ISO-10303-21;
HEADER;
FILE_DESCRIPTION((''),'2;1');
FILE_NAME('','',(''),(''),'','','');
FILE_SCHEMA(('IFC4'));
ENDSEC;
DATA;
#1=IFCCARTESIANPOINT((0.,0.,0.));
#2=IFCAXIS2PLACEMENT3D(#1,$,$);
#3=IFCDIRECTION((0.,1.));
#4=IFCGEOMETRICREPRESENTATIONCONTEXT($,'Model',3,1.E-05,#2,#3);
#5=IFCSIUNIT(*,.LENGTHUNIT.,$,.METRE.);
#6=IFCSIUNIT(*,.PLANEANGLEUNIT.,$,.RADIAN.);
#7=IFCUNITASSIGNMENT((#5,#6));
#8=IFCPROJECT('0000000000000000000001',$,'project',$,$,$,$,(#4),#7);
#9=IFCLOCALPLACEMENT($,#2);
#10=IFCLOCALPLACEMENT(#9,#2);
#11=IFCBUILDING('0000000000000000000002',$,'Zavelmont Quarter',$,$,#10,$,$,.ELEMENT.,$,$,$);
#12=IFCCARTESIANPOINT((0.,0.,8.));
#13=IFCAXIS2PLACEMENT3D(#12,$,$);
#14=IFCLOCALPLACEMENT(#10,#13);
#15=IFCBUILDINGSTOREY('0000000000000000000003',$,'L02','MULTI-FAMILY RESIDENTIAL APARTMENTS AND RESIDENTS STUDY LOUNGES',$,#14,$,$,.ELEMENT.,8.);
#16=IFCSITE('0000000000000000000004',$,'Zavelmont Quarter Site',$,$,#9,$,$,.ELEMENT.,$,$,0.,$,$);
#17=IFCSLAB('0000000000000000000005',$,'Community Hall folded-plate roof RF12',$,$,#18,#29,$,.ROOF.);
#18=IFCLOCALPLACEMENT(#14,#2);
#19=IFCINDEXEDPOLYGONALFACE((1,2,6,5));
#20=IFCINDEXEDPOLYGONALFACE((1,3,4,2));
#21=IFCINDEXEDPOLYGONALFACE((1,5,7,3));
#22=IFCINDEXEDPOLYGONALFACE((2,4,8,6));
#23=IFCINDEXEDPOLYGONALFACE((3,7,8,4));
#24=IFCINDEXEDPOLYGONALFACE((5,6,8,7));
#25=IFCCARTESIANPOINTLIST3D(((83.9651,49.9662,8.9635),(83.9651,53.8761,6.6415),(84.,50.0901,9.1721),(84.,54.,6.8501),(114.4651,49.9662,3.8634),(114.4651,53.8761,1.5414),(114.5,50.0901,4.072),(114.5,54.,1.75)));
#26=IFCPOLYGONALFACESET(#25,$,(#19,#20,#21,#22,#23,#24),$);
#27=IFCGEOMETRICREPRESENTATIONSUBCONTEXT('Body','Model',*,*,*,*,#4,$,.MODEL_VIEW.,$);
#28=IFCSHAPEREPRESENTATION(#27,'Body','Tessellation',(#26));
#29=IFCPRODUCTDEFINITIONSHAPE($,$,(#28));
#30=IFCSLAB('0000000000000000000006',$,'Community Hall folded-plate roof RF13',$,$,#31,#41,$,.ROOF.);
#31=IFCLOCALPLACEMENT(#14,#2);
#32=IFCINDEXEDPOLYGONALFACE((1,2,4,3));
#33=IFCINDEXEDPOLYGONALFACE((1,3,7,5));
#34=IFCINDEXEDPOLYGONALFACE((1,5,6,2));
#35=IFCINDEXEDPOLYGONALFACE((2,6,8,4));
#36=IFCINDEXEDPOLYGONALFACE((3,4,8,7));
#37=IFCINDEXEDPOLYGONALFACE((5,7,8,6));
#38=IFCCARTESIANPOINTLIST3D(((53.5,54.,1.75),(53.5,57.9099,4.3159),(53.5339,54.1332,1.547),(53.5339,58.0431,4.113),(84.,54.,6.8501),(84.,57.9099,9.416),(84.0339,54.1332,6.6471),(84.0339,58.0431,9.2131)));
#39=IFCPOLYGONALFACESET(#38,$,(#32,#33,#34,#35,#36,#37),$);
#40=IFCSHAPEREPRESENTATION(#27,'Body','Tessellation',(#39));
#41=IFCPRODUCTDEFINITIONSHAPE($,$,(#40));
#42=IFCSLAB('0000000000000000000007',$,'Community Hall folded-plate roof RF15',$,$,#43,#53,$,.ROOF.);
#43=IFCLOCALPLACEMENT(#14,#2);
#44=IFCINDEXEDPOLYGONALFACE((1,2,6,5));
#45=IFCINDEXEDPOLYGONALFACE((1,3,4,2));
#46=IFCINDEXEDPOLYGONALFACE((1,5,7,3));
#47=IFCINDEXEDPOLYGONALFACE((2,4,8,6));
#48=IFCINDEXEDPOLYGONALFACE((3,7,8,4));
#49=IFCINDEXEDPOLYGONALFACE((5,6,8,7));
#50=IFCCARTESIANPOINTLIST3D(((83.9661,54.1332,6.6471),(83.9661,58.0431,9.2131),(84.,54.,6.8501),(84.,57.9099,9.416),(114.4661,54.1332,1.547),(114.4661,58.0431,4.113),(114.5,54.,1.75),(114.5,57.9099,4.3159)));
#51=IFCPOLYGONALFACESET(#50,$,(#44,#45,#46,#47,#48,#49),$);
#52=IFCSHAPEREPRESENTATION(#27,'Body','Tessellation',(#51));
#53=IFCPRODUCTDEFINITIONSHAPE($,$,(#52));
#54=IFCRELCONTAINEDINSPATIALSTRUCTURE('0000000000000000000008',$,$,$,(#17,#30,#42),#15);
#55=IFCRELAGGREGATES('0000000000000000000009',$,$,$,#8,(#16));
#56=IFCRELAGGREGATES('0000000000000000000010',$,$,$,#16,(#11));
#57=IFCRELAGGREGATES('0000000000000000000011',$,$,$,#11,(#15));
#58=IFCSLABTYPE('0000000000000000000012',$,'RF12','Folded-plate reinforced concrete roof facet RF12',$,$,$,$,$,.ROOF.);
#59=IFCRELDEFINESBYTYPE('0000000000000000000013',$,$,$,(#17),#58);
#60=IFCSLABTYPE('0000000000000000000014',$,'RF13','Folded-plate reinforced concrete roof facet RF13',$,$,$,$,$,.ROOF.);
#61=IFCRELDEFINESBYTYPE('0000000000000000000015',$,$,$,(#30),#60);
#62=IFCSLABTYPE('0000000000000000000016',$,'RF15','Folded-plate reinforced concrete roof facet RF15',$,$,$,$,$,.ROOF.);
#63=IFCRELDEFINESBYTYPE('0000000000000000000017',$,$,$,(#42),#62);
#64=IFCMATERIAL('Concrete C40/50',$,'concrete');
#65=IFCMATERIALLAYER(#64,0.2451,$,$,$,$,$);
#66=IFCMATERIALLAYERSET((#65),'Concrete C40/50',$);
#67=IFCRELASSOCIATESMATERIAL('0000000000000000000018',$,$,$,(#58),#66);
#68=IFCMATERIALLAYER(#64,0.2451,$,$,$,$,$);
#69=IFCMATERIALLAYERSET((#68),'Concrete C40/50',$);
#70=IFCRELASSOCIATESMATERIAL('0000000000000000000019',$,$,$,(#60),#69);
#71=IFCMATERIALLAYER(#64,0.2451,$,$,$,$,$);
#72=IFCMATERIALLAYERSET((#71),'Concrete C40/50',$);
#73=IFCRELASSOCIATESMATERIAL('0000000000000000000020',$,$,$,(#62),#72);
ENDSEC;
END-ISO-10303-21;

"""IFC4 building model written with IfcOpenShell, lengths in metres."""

from ifc_helpers import new_model, si_unit, direction, frame, origin, place, context, subcontext, project, spatial, polyline, outline, extrude, material, layer, layer_set, type_object, element, save


model = new_model("IFC4")

# Units and contexts
model_context = context("Model", 3, precision=1e-05, world=origin(), true_north=direction((0.0, 1.0)))
body_context = subcontext(model_context, "Body", "Model", "MODEL_VIEW")
ifc_project = project(units=[si_unit("LENGTHUNIT", "METRE"), si_unit("PLANEANGLEUNIT", "RADIAN")], contexts=[model_context])

# Site, building, storey
site_placement = place(None, origin())
site = spatial("IfcSite", under=ifc_project, at=site_placement, Name="Zavelmont Quarter Site", CompositionType="ELEMENT", RefElevation=0.0)
building_placement = place(site_placement, origin())
building = spatial("IfcBuilding", under=site, at=building_placement, Name="Zavelmont Quarter", CompositionType="ELEMENT")
storey_placement = place(building_placement, frame((0.0, 0.0, 8.0)))
storey = spatial("IfcBuildingStorey", under=building, at=storey_placement, Name="L02", Description="MULTI-FAMILY RESIDENTIAL APARTMENTS AND RESIDENTS STUDY LOUNGES", CompositionType="ELEMENT", Elevation=8.0)

# Shared definitions
ifc_material_1 = material(Name="Concrete C40/50", Category="concrete")

# Slabs
ifc_layer_1 = layer(ifc_material_1, 0.2451)
ifc_layer_set_1 = layer_set([ifc_layer_1], Name="Concrete C40/50")
slab_type_1 = type_object("IfcSlabType", Name="RF12", Description="Folded-plate reinforced concrete roof facet RF12", PredefinedType="ROOF", material=ifc_layer_set_1)
slab_1_placement = place(storey_placement, frame((84.0, 50.0901, 9.1721), z_axis=(0.14231, 0.505425, 0.851054), x_axis=(0.986306, 0.0, -0.164926)))
element("IfcSlab", 1, at=slab_1_placement, inside=storey, type_object=slab_type_1, Name="Community Hall folded-plate roof RF12", PredefinedType="ROOF", context=body_context, shape_type="SweptSolid", body=[
    extrude(outline(polyline([(0.0, 0.0), (30.9235, 0.0), (31.3064, 4.5313), (0.383, 4.5313), (0.0, 0.0)])), origin(), (0.0, 0.0, -1.0), 0.2451),
])
ifc_layer_2 = layer(ifc_material_1, 0.2451)
ifc_layer_set_2 = layer_set([ifc_layer_2], Name="Concrete C40/50")
slab_type_2 = type_object("IfcSlabType", Name="RF13", Description="Folded-plate reinforced concrete roof facet RF13", PredefinedType="ROOF", material=ifc_layer_set_2)
slab_2_placement = place(storey_placement, frame((53.5, 54.0, 1.75), z_axis=(-0.138454, -0.543378, 0.827992), x_axis=(0.986306, 0.0, 0.164926)))
element("IfcSlab", 2, at=slab_2_placement, inside=storey, type_object=slab_type_2, Name="Community Hall folded-plate roof RF13", PredefinedType="ROOF", context=body_context, shape_type="SweptSolid", body=[
    extrude(outline(polyline([(0.0, 0.0), (30.9235, 0.0), (31.3467, 4.6575), (0.4232, 4.6575), (0.0, 0.0)])), origin(), (0.0, 0.0, -1.0), 0.2451),
])
ifc_layer_3 = layer(ifc_material_1, 0.2451)
ifc_layer_set_3 = layer_set([ifc_layer_3], Name="Concrete C40/50")
slab_type_3 = type_object("IfcSlabType", Name="RF15", Description="Folded-plate reinforced concrete roof facet RF15", PredefinedType="ROOF", material=ifc_layer_set_3)
slab_3_placement = place(storey_placement, frame((84.0, 54.0, 6.8501), z_axis=(0.138454, -0.543378, 0.827992), x_axis=(0.986306, 0.0, -0.164926)))
element("IfcSlab", 3, at=slab_3_placement, inside=storey, type_object=slab_type_3, Name="Community Hall folded-plate roof RF15", PredefinedType="ROOF", context=body_context, shape_type="SweptSolid", body=[
    extrude(outline(polyline([(0.0, 0.0), (30.9235, 0.0), (30.5003, 4.6575), (-0.4232, 4.6575), (0.0, 0.0)])), origin(), (0.0, 0.0, -1.0), 0.2451),
])

save(model, "model.ifc")
